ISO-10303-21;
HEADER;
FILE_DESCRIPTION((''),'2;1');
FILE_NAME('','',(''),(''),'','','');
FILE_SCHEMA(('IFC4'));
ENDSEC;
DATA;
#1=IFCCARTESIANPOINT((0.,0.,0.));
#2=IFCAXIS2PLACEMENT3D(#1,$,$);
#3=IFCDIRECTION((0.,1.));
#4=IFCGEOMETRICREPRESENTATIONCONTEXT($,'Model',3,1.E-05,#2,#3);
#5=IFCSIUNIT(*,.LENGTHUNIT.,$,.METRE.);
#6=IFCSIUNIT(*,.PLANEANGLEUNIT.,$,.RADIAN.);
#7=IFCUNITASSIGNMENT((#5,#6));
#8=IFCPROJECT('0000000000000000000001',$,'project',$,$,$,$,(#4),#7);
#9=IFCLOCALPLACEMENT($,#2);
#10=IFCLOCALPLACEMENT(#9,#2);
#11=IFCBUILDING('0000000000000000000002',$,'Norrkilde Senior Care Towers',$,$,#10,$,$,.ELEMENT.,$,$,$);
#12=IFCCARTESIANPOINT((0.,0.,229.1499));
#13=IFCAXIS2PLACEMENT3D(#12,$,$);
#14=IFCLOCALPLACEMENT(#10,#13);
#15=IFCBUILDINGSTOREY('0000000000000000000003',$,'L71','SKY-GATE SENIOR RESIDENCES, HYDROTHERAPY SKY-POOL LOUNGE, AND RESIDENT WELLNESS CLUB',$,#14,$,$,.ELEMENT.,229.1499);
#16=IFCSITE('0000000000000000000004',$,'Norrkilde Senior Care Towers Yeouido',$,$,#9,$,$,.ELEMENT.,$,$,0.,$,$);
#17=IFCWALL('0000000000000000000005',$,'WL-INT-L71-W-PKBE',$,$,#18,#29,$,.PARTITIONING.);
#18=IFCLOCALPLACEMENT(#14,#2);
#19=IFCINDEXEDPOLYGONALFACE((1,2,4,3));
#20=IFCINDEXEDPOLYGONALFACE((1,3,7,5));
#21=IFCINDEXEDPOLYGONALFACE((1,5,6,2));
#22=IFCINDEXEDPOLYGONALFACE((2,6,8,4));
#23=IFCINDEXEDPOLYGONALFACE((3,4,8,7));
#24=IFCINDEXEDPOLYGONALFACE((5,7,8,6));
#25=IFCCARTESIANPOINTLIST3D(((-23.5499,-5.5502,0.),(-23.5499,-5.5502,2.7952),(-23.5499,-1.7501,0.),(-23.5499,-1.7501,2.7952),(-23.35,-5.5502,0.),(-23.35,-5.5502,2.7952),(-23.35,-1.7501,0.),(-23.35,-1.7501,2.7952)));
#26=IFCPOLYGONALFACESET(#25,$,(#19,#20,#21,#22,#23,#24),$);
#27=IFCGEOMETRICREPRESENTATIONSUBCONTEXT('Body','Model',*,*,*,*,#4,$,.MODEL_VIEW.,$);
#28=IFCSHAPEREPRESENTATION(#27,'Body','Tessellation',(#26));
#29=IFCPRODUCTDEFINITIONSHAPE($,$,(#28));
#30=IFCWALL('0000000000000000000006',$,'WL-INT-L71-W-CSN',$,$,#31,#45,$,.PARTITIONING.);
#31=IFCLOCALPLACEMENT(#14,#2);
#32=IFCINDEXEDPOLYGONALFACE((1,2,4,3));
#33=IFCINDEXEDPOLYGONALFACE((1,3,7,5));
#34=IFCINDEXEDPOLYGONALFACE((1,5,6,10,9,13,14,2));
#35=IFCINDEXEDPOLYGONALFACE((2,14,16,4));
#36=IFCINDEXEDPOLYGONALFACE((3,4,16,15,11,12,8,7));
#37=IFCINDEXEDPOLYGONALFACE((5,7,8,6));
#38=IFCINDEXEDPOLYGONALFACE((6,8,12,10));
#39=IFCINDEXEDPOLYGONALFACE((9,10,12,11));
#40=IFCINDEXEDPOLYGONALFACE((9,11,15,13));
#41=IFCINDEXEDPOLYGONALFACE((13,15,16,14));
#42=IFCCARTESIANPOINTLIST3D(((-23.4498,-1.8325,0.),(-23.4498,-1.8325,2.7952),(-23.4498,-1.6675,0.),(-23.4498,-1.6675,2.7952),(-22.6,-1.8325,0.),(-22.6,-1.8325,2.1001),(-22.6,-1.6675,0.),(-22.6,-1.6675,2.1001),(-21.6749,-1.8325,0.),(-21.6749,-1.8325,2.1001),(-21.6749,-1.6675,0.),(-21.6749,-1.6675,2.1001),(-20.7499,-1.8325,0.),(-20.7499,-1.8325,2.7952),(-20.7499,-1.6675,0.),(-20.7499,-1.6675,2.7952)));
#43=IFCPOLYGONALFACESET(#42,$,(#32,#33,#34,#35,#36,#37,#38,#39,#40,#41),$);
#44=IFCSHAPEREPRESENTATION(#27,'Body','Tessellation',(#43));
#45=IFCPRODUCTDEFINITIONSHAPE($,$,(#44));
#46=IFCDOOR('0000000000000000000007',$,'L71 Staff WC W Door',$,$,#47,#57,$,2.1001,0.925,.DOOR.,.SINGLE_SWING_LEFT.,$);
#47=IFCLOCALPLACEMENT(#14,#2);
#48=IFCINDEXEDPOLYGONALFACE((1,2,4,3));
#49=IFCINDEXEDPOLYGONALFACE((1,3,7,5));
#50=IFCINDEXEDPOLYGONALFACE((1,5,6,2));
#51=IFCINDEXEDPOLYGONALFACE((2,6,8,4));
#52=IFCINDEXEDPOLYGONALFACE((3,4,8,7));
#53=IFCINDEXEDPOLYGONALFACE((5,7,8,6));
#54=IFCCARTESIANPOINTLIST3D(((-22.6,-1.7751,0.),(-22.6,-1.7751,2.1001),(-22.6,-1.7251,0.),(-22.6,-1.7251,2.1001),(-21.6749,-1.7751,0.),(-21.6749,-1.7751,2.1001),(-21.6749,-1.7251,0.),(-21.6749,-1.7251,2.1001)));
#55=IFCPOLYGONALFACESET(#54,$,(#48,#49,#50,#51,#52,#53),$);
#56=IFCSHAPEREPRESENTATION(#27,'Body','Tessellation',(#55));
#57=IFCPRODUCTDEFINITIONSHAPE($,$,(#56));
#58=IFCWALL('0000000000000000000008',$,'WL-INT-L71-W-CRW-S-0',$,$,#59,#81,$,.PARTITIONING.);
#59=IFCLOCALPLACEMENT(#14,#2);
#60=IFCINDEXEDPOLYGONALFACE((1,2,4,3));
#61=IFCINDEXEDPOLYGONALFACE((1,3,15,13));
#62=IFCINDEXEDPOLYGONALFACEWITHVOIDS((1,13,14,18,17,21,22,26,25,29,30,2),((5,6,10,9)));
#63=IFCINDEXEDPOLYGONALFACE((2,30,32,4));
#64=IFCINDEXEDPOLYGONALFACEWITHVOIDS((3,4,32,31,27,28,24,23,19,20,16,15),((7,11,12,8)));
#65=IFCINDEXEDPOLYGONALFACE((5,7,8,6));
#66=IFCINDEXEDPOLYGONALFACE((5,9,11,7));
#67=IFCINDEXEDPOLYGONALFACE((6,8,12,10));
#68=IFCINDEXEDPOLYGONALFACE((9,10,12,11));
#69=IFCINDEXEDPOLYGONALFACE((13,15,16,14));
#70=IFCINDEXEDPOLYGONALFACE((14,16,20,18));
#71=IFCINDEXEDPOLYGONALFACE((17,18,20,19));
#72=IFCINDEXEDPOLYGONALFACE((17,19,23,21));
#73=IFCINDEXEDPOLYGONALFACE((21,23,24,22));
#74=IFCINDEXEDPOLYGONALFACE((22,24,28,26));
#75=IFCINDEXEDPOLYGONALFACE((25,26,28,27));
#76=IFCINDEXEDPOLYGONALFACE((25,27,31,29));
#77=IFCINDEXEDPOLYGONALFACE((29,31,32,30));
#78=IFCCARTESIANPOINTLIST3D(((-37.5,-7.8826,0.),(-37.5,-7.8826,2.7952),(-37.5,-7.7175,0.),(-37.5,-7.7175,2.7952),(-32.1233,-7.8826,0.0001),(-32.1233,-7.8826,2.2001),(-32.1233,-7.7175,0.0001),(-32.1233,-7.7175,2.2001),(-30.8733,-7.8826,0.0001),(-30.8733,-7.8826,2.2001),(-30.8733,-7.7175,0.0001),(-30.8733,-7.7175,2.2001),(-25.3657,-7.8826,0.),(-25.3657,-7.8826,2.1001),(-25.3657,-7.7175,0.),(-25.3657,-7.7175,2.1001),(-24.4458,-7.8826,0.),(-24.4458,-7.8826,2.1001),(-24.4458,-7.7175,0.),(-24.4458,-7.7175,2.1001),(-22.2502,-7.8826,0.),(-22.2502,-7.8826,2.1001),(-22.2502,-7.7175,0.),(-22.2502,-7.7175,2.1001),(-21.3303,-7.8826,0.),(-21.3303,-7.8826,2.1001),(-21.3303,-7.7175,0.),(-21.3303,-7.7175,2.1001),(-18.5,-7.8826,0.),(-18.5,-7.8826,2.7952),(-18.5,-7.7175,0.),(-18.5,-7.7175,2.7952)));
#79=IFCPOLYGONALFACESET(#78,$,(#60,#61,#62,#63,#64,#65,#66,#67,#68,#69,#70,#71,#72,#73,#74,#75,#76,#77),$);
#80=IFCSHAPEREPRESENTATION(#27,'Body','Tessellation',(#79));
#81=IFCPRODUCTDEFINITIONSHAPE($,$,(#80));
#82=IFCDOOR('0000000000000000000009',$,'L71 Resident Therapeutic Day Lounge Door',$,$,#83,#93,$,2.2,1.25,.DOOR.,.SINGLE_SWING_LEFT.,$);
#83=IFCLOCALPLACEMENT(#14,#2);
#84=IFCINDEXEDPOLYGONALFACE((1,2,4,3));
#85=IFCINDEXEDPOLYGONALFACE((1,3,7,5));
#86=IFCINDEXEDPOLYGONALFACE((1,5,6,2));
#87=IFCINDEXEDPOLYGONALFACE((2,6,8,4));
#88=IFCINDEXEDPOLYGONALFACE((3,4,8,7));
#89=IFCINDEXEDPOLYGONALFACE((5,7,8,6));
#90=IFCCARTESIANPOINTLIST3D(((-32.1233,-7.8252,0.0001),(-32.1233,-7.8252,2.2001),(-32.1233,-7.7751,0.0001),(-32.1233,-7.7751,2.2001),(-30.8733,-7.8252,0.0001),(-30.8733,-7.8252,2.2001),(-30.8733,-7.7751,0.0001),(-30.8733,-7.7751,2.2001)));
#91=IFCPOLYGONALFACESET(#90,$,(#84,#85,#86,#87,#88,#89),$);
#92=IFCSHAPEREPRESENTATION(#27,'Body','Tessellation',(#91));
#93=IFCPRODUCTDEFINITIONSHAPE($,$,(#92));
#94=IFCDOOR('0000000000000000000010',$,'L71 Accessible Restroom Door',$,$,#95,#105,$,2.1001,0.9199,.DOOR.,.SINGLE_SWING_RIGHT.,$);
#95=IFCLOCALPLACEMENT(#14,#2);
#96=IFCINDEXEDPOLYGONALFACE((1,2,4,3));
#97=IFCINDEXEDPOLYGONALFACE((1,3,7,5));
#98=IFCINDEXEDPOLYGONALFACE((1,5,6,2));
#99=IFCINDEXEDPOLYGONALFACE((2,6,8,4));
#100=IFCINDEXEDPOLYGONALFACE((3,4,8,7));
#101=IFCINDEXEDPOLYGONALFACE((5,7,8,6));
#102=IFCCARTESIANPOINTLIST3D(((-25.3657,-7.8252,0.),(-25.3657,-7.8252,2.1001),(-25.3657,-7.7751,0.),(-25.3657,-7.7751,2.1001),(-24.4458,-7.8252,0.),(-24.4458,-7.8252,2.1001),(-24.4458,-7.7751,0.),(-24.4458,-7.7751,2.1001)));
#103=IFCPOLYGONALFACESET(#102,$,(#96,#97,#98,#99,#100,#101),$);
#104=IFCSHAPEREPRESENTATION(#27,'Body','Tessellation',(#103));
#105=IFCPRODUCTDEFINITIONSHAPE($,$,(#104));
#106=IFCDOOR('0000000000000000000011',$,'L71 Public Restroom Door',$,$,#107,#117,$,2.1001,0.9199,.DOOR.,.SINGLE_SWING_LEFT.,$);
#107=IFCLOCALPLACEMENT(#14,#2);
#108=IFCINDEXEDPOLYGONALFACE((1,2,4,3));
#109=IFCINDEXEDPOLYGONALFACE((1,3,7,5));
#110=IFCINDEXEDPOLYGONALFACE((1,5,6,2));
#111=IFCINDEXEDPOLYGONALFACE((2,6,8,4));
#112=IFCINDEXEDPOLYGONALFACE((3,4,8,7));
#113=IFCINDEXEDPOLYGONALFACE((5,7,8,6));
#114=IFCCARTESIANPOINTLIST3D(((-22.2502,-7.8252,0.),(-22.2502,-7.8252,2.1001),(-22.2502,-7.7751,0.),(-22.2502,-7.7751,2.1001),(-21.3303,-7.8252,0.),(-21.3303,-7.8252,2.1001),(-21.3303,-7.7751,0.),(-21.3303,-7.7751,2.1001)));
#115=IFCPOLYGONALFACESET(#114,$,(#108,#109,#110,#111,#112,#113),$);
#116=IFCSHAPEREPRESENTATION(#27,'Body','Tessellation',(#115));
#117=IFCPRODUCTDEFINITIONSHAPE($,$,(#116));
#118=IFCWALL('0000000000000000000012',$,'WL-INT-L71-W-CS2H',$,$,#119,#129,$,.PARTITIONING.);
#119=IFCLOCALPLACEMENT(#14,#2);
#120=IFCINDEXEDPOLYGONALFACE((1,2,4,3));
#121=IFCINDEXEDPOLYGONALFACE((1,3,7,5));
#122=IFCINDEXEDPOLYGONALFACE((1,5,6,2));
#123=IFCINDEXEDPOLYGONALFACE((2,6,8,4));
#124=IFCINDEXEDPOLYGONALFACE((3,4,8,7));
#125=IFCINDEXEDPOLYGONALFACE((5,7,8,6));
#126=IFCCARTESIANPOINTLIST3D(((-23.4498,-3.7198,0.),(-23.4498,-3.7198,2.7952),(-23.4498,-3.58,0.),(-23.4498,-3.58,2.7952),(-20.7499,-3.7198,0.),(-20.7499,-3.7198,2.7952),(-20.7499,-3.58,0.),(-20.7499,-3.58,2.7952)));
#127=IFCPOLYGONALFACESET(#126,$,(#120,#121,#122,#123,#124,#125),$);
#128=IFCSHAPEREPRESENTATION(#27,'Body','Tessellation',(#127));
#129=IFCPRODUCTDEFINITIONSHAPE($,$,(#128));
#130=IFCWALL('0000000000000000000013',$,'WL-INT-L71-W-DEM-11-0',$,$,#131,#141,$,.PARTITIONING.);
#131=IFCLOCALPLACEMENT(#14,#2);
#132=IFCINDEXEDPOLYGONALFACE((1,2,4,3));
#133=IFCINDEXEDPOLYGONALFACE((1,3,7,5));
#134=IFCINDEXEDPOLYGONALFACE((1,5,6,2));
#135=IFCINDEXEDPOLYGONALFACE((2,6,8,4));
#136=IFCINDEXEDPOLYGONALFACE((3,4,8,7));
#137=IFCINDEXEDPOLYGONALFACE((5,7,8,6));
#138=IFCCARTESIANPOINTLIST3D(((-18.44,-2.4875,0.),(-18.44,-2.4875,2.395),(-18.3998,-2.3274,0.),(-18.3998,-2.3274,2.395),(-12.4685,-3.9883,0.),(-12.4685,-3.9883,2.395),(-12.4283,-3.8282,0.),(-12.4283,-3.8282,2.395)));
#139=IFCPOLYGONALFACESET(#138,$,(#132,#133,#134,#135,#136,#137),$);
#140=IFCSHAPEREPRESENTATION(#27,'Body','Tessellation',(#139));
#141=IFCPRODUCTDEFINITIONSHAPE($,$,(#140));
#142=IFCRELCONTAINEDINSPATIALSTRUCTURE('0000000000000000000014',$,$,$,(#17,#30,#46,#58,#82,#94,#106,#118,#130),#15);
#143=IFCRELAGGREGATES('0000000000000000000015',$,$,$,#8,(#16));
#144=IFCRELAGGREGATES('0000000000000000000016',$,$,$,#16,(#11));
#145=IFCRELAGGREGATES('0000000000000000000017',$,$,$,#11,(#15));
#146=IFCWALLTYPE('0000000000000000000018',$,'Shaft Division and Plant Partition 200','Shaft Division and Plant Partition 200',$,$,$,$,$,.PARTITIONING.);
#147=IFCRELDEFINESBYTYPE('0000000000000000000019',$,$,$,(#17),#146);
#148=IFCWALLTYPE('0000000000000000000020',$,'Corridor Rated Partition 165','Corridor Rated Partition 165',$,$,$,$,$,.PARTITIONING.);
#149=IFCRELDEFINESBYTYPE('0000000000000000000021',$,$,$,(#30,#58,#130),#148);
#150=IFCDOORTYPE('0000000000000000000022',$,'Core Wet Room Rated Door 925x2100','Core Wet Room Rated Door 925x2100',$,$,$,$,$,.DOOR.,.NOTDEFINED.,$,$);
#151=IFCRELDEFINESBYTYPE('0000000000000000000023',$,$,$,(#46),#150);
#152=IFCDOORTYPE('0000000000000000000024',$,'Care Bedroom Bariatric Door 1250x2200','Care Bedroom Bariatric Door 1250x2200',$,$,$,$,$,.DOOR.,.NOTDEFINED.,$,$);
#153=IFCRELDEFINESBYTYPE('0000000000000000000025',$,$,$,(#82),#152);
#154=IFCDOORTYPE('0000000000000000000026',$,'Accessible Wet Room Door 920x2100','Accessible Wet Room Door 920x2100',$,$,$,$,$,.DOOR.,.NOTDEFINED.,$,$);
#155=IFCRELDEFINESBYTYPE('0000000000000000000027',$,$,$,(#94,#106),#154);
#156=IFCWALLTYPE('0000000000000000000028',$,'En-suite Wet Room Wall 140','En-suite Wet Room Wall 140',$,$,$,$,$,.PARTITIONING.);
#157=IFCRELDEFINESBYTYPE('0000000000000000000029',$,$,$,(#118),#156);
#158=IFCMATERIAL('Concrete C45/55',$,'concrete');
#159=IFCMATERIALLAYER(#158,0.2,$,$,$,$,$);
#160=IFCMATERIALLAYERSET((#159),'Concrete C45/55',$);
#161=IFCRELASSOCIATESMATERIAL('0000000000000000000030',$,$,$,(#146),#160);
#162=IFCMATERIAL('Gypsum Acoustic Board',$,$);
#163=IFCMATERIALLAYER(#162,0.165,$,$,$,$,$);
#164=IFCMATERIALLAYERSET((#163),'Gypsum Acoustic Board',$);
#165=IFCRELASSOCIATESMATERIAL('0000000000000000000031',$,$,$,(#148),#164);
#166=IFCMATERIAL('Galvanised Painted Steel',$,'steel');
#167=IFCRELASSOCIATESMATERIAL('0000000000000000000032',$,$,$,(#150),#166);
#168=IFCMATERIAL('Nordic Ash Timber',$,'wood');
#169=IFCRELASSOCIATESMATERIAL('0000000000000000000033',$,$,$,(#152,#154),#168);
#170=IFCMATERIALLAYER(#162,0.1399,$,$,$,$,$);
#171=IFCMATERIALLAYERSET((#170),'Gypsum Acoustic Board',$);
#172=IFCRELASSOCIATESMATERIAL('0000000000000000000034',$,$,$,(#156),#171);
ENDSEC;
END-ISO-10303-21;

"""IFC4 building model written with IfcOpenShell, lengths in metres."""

from ifc_helpers import new_model, si_unit, direction, frame, frame_2d, origin, place, context, subcontext, project, spatial, rectangle, extrude, source, transform, mapped, material, layer, layer_set, type_object, type_shapes, element, fill, save


model = new_model("IFC4")

# Units and contexts
model_context = context("Model", 3, precision=1e-05, world=origin(), true_north=direction((0.0, 1.0)))
body_context = subcontext(model_context, "Body", "Model", "MODEL_VIEW")
ifc_project = project(units=[si_unit("LENGTHUNIT", "METRE"), si_unit("PLANEANGLEUNIT", "RADIAN")], contexts=[model_context])

# Site, building, storey
site_placement = place(None, origin())
site = spatial("IfcSite", under=ifc_project, at=site_placement, Name="Norrkilde Senior Care Towers Yeouido", CompositionType="ELEMENT", RefElevation=0.0)
building_placement = place(site_placement, origin())
building = spatial("IfcBuilding", under=site, at=building_placement, Name="Norrkilde Senior Care Towers", CompositionType="ELEMENT")
storey_placement = place(building_placement, frame((0.0, 0.0, 229.1499)))
storey = spatial("IfcBuildingStorey", under=building, at=storey_placement, Name="L71", Description="SKY-GATE SENIOR RESIDENCES, HYDROTHERAPY SKY-POOL LOUNGE, AND RESIDENT WELLNESS CLUB", CompositionType="ELEMENT", Elevation=229.1499)

# Wall
ifc_material_1 = material(Name="Concrete C45/55", Category="concrete")
ifc_layer_1 = layer(ifc_material_1, 0.2)
ifc_layer_set_1 = layer_set([ifc_layer_1], Name="Concrete C45/55")
wall_type_1 = type_object("IfcWallType", Name="Shaft Division and Plant Partition 200", Description="Shaft Division and Plant Partition 200", PredefinedType="PARTITIONING", material=ifc_layer_set_1)
shared_shape_1 = source(origin(), body_context, "Body", "SweptSolid", [
    extrude(rectangle(XDim=3.8, YDim=0.2, at=frame_2d((1.8999, 0.0))), origin(), (0.0, 0.0, 1.0), 2.7952),
])
type_shapes(wall_type_1, [shared_shape_1])
wall_1_placement = place(storey_placement, frame((-23.45, -5.55, 0.0), z_axis=(0.0, 0.0, 1.0), x_axis=(0.0, 1.0, 0.0)))
element("IfcWall", 1, at=wall_1_placement, inside=storey, type_object=wall_type_1, Name="WL-INT-L71-W-PKBE", PredefinedType="PARTITIONING", context=body_context, shape_type="MappedRepresentation", body=[
    mapped(shared_shape_1, transform((0.0, 0.0, 0.0), x_axis=(1.0, 0.0, 0.0), y_axis=(0.0, 1.0, 0.0), z_axis=(0.0, 0.0, 1.0), scale=1.0)),
])

# Wall, opening, door
ifc_material_2 = material(Name="Gypsum Acoustic Board")
ifc_layer_2 = layer(ifc_material_2, 0.165)
ifc_layer_set_2 = layer_set([ifc_layer_2], Name="Gypsum Acoustic Board")
wall_type_2 = type_object("IfcWallType", Name="Corridor Rated Partition 165", Description="Corridor Rated Partition 165", PredefinedType="PARTITIONING", material=ifc_layer_set_2)
shared_shape_2 = source(origin(), body_context, "Body", "SweptSolid", [
    extrude(rectangle(XDim=2.7, YDim=0.165, at=frame_2d((1.3501, 0.0))), origin(), (0.0, 0.0, 1.0), 2.7952),
])
wall_2_placement = place(storey_placement, frame((-23.45, -1.75, 0.0), z_axis=(0.0, 0.0, 1.0), x_axis=(1.0, 0.0, 0.0)))
wall_2 = element("IfcWall", 2, at=wall_2_placement, inside=storey, type_object=wall_type_2, Name="WL-INT-L71-W-CSN", PredefinedType="PARTITIONING", context=body_context, shape_type="MappedRepresentation", body=[
    mapped(shared_shape_2, transform((0.0, 0.0, 0.0), x_axis=(1.0, 0.0, 0.0), y_axis=(0.0, 1.0, 0.0), z_axis=(0.0, 0.0, 1.0), scale=1.0)),
])
opening_1_placement = place(wall_2_placement, frame((0.8501, 0.0, 0.0)))
opening_1 = element("IfcOpeningElement", 3, at=opening_1_placement, cuts=wall_2, PredefinedType="OPENING", context=body_context, shape_type="SweptSolid", body=[
    extrude(rectangle(XDim=0.925, YDim=2.1001, at=frame_2d((0.4624, 1.05))), frame((0.0, 0.0925, 0.0), z_axis=(0.0, -1.0, 0.0), x_axis=(1.0, 0.0, 0.0)), (0.0, 0.0, 1.0), 0.1851),
])
ifc_material_3 = material(Name="Galvanised Painted Steel", Category="steel")
door_type_1 = type_object("IfcDoorType", Name="Core Wet Room Rated Door 925x2100", Description="Core Wet Room Rated Door 925x2100", OperationType="NOTDEFINED", PredefinedType="DOOR", material=ifc_material_3)
shared_shape_3 = source(origin(), body_context, "Body", "SweptSolid", [
    extrude(rectangle(XDim=0.925, YDim=2.1001, at=frame_2d((0.4624, 1.05))), frame((0.0, 0.0249, 0.0), z_axis=(0.0, -1.0, 0.0), x_axis=(1.0, 0.0, 0.0)), (0.0, 0.0, 1.0), 0.05),
])
type_shapes(door_type_1, [shared_shape_3])
door_1_placement = place(opening_1_placement, origin())
door_1 = element("IfcDoor", 4, at=door_1_placement, inside=storey, type_object=door_type_1, Name="L71 Staff WC W Door", OperationType="SINGLE_SWING_LEFT", OverallHeight=2.1001, OverallWidth=0.925, PredefinedType="DOOR", context=body_context, shape_type="MappedRepresentation", body=[
    mapped(shared_shape_3, transform((0.0, 0.0, 0.0), x_axis=(1.0, 0.0, 0.0), y_axis=(0.0, 1.0, 0.0), z_axis=(0.0, 0.0, 1.0), scale=1.0)),
])
fill(opening_1, door_1)

# Wall, openings, doors
shared_shape_4 = source(origin(), body_context, "Body", "SweptSolid", [
    extrude(rectangle(XDim=19.0, YDim=0.165, at=frame_2d((9.5, 0.0))), origin(), (0.0, 0.0, 1.0), 2.7952),
])
wall_3_placement = place(storey_placement, frame((-18.5, -7.8, 0.0), z_axis=(0.0, 0.0, 1.0), x_axis=(-1.0, 0.0, 0.0)))
wall_3 = element("IfcWall", 5, at=wall_3_placement, inside=storey, type_object=wall_type_2, Name="WL-INT-L71-W-CRW-S-0", PredefinedType="PARTITIONING", context=body_context, shape_type="MappedRepresentation", body=[
    mapped(shared_shape_4, transform((0.0, 0.0, 0.0), x_axis=(1.0, 0.0, 0.0), y_axis=(0.0, 1.0, 0.0), z_axis=(0.0, 0.0, 1.0), scale=1.0)),
])
opening_2_placement = place(wall_3_placement, frame((12.3733, 0.0, 0.0)))
opening_2 = element("IfcOpeningElement", 6, at=opening_2_placement, cuts=wall_3, PredefinedType="OPENING", context=body_context, shape_type="SweptSolid", body=[
    extrude(rectangle(XDim=1.25, YDim=2.2, at=frame_2d((0.625, 1.1001))), frame((0.0, 0.0925, 0.0), z_axis=(0.0, -1.0, 0.0), x_axis=(1.0, 0.0, 0.0)), (0.0, 0.0, 1.0), 0.1851),
])
opening_3_placement = place(wall_3_placement, frame((5.9458, 0.0, 0.0)))
opening_3 = element("IfcOpeningElement", 7, at=opening_3_placement, cuts=wall_3, PredefinedType="OPENING", context=body_context, shape_type="SweptSolid", body=[
    extrude(rectangle(XDim=0.9199, YDim=2.1001, at=frame_2d((0.46, 1.05))), frame((0.0, 0.0925, 0.0), z_axis=(0.0, -1.0, 0.0), x_axis=(1.0, 0.0, 0.0)), (0.0, 0.0, 1.0), 0.1851),
])
opening_4_placement = place(wall_3_placement, frame((2.8303, 0.0, 0.0)))
opening_4 = element("IfcOpeningElement", 8, at=opening_4_placement, cuts=wall_3, PredefinedType="OPENING", context=body_context, shape_type="SweptSolid", body=[
    extrude(rectangle(XDim=0.9199, YDim=2.1001, at=frame_2d((0.46, 1.05))), frame((0.0, 0.0925, 0.0), z_axis=(0.0, -1.0, 0.0), x_axis=(1.0, 0.0, 0.0)), (0.0, 0.0, 1.0), 0.1851),
])
ifc_material_4 = material(Name="Nordic Ash Timber", Category="wood")
door_type_2 = type_object("IfcDoorType", Name="Care Bedroom Bariatric Door 1250x2200", Description="Care Bedroom Bariatric Door 1250x2200", OperationType="NOTDEFINED", PredefinedType="DOOR", material=ifc_material_4)
shared_shape_5 = source(origin(), body_context, "Body", "SweptSolid", [
    extrude(rectangle(XDim=1.25, YDim=2.2, at=frame_2d((0.625, 1.1001))), frame((0.0, 0.0249, 0.0), z_axis=(0.0, -1.0, 0.0), x_axis=(1.0, 0.0, 0.0)), (0.0, 0.0, 1.0), 0.05),
])
type_shapes(door_type_2, [shared_shape_5])
door_2_placement = place(opening_2_placement, frame((1.25, 0.0, 0.0), z_axis=(0.0, 0.0, 1.0), x_axis=(-1.0, 0.0, 0.0)))
door_2 = element("IfcDoor", 9, at=door_2_placement, inside=storey, type_object=door_type_2, Name="L71 Resident Therapeutic Day Lounge Door", OperationType="SINGLE_SWING_LEFT", OverallHeight=2.2, OverallWidth=1.25, PredefinedType="DOOR", context=body_context, shape_type="MappedRepresentation", body=[
    mapped(shared_shape_5, transform((0.0, 0.0, 0.0), x_axis=(1.0, 0.0, 0.0), y_axis=(0.0, 1.0, 0.0), z_axis=(0.0, 0.0, 1.0), scale=1.0)),
])
fill(opening_2, door_2)
door_type_3 = type_object("IfcDoorType", Name="Accessible Wet Room Door 920x2100", Description="Accessible Wet Room Door 920x2100", OperationType="NOTDEFINED", PredefinedType="DOOR", material=ifc_material_4)
shared_shape_6 = source(origin(), body_context, "Body", "SweptSolid", [
    extrude(rectangle(XDim=0.9199, YDim=2.1001, at=frame_2d((0.46, 1.05))), frame((0.0, 0.0249, 0.0), z_axis=(0.0, -1.0, 0.0), x_axis=(1.0, 0.0, 0.0)), (0.0, 0.0, 1.0), 0.05),
])
type_shapes(door_type_3, [shared_shape_6])
door_3_placement = place(opening_3_placement, frame((0.9199, 0.0, 0.0), z_axis=(0.0, 0.0, 1.0), x_axis=(-1.0, 0.0, 0.0)))
door_3 = element("IfcDoor", 10, at=door_3_placement, inside=storey, type_object=door_type_3, Name="L71 Accessible Restroom Door", OperationType="SINGLE_SWING_RIGHT", OverallHeight=2.1001, OverallWidth=0.9199, PredefinedType="DOOR", context=body_context, shape_type="MappedRepresentation", body=[
    mapped(shared_shape_6, transform((0.0, 0.0, 0.0), x_axis=(1.0, 0.0, 0.0), y_axis=(0.0, 1.0, 0.0), z_axis=(0.0, 0.0, 1.0), scale=1.0)),
])
fill(opening_3, door_3)
door_4_placement = place(opening_4_placement, frame((0.9199, 0.0, 0.0), z_axis=(0.0, 0.0, 1.0), x_axis=(-1.0, 0.0, 0.0)))
door_4 = element("IfcDoor", 11, at=door_4_placement, inside=storey, type_object=door_type_3, Name="L71 Public Restroom Door", OperationType="SINGLE_SWING_LEFT", OverallHeight=2.1001, OverallWidth=0.9199, PredefinedType="DOOR", context=body_context, shape_type="MappedRepresentation", body=[
    mapped(shared_shape_6, transform((0.0, 0.0, 0.0), x_axis=(1.0, 0.0, 0.0), y_axis=(0.0, 1.0, 0.0), z_axis=(0.0, 0.0, 1.0), scale=1.0)),
])
fill(opening_4, door_4)

# Walls
ifc_layer_3 = layer(ifc_material_2, 0.1399)
ifc_layer_set_3 = layer_set([ifc_layer_3], Name="Gypsum Acoustic Board")
wall_type_3 = type_object("IfcWallType", Name="En-suite Wet Room Wall 140", Description="En-suite Wet Room Wall 140", PredefinedType="PARTITIONING", material=ifc_layer_set_3)
shared_shape_7 = source(origin(), body_context, "Body", "SweptSolid", [
    extrude(rectangle(XDim=2.7, YDim=0.1399, at=frame_2d((1.3501, 0.0))), origin(), (0.0, 0.0, 1.0), 2.7952),
])
wall_4_placement = place(storey_placement, frame((-23.45, -3.6499, 0.0), z_axis=(0.0, 0.0, 1.0), x_axis=(1.0, 0.0, 0.0)))
element("IfcWall", 12, at=wall_4_placement, inside=storey, type_object=wall_type_3, Name="WL-INT-L71-W-CS2H", PredefinedType="PARTITIONING", context=body_context, shape_type="MappedRepresentation", body=[
    mapped(shared_shape_7, transform((0.0, 0.0, 0.0), x_axis=(1.0, 0.0, 0.0), y_axis=(0.0, 1.0, 0.0), z_axis=(0.0, 0.0, 1.0), scale=1.0)),
])
shared_shape_8 = source(origin(), body_context, "Body", "SweptSolid", [
    extrude(rectangle(XDim=6.1572, YDim=0.165, at=frame_2d((3.0786, 0.0))), origin(), (0.0, 0.0, 1.0), 2.395),
])
type_shapes(wall_type_2, [shared_shape_2, shared_shape_4, shared_shape_8])
wall_5_placement = place(storey_placement, frame((-18.4199, -2.4075, 0.0), z_axis=(0.0, 0.0, 1.0), x_axis=(0.969841, -0.243739, 0.0)))
element("IfcWall", 13, at=wall_5_placement, inside=storey, type_object=wall_type_2, Name="WL-INT-L71-W-DEM-11-0", PredefinedType="PARTITIONING", context=body_context, shape_type="MappedRepresentation", body=[
    mapped(shared_shape_8, transform((0.0, 0.0, 0.0), x_axis=(1.0, 0.0, 0.0), y_axis=(0.0, 1.0, 0.0), z_axis=(0.0, 0.0, 1.0), scale=1.0)),
])

save(model, "model.ifc")
